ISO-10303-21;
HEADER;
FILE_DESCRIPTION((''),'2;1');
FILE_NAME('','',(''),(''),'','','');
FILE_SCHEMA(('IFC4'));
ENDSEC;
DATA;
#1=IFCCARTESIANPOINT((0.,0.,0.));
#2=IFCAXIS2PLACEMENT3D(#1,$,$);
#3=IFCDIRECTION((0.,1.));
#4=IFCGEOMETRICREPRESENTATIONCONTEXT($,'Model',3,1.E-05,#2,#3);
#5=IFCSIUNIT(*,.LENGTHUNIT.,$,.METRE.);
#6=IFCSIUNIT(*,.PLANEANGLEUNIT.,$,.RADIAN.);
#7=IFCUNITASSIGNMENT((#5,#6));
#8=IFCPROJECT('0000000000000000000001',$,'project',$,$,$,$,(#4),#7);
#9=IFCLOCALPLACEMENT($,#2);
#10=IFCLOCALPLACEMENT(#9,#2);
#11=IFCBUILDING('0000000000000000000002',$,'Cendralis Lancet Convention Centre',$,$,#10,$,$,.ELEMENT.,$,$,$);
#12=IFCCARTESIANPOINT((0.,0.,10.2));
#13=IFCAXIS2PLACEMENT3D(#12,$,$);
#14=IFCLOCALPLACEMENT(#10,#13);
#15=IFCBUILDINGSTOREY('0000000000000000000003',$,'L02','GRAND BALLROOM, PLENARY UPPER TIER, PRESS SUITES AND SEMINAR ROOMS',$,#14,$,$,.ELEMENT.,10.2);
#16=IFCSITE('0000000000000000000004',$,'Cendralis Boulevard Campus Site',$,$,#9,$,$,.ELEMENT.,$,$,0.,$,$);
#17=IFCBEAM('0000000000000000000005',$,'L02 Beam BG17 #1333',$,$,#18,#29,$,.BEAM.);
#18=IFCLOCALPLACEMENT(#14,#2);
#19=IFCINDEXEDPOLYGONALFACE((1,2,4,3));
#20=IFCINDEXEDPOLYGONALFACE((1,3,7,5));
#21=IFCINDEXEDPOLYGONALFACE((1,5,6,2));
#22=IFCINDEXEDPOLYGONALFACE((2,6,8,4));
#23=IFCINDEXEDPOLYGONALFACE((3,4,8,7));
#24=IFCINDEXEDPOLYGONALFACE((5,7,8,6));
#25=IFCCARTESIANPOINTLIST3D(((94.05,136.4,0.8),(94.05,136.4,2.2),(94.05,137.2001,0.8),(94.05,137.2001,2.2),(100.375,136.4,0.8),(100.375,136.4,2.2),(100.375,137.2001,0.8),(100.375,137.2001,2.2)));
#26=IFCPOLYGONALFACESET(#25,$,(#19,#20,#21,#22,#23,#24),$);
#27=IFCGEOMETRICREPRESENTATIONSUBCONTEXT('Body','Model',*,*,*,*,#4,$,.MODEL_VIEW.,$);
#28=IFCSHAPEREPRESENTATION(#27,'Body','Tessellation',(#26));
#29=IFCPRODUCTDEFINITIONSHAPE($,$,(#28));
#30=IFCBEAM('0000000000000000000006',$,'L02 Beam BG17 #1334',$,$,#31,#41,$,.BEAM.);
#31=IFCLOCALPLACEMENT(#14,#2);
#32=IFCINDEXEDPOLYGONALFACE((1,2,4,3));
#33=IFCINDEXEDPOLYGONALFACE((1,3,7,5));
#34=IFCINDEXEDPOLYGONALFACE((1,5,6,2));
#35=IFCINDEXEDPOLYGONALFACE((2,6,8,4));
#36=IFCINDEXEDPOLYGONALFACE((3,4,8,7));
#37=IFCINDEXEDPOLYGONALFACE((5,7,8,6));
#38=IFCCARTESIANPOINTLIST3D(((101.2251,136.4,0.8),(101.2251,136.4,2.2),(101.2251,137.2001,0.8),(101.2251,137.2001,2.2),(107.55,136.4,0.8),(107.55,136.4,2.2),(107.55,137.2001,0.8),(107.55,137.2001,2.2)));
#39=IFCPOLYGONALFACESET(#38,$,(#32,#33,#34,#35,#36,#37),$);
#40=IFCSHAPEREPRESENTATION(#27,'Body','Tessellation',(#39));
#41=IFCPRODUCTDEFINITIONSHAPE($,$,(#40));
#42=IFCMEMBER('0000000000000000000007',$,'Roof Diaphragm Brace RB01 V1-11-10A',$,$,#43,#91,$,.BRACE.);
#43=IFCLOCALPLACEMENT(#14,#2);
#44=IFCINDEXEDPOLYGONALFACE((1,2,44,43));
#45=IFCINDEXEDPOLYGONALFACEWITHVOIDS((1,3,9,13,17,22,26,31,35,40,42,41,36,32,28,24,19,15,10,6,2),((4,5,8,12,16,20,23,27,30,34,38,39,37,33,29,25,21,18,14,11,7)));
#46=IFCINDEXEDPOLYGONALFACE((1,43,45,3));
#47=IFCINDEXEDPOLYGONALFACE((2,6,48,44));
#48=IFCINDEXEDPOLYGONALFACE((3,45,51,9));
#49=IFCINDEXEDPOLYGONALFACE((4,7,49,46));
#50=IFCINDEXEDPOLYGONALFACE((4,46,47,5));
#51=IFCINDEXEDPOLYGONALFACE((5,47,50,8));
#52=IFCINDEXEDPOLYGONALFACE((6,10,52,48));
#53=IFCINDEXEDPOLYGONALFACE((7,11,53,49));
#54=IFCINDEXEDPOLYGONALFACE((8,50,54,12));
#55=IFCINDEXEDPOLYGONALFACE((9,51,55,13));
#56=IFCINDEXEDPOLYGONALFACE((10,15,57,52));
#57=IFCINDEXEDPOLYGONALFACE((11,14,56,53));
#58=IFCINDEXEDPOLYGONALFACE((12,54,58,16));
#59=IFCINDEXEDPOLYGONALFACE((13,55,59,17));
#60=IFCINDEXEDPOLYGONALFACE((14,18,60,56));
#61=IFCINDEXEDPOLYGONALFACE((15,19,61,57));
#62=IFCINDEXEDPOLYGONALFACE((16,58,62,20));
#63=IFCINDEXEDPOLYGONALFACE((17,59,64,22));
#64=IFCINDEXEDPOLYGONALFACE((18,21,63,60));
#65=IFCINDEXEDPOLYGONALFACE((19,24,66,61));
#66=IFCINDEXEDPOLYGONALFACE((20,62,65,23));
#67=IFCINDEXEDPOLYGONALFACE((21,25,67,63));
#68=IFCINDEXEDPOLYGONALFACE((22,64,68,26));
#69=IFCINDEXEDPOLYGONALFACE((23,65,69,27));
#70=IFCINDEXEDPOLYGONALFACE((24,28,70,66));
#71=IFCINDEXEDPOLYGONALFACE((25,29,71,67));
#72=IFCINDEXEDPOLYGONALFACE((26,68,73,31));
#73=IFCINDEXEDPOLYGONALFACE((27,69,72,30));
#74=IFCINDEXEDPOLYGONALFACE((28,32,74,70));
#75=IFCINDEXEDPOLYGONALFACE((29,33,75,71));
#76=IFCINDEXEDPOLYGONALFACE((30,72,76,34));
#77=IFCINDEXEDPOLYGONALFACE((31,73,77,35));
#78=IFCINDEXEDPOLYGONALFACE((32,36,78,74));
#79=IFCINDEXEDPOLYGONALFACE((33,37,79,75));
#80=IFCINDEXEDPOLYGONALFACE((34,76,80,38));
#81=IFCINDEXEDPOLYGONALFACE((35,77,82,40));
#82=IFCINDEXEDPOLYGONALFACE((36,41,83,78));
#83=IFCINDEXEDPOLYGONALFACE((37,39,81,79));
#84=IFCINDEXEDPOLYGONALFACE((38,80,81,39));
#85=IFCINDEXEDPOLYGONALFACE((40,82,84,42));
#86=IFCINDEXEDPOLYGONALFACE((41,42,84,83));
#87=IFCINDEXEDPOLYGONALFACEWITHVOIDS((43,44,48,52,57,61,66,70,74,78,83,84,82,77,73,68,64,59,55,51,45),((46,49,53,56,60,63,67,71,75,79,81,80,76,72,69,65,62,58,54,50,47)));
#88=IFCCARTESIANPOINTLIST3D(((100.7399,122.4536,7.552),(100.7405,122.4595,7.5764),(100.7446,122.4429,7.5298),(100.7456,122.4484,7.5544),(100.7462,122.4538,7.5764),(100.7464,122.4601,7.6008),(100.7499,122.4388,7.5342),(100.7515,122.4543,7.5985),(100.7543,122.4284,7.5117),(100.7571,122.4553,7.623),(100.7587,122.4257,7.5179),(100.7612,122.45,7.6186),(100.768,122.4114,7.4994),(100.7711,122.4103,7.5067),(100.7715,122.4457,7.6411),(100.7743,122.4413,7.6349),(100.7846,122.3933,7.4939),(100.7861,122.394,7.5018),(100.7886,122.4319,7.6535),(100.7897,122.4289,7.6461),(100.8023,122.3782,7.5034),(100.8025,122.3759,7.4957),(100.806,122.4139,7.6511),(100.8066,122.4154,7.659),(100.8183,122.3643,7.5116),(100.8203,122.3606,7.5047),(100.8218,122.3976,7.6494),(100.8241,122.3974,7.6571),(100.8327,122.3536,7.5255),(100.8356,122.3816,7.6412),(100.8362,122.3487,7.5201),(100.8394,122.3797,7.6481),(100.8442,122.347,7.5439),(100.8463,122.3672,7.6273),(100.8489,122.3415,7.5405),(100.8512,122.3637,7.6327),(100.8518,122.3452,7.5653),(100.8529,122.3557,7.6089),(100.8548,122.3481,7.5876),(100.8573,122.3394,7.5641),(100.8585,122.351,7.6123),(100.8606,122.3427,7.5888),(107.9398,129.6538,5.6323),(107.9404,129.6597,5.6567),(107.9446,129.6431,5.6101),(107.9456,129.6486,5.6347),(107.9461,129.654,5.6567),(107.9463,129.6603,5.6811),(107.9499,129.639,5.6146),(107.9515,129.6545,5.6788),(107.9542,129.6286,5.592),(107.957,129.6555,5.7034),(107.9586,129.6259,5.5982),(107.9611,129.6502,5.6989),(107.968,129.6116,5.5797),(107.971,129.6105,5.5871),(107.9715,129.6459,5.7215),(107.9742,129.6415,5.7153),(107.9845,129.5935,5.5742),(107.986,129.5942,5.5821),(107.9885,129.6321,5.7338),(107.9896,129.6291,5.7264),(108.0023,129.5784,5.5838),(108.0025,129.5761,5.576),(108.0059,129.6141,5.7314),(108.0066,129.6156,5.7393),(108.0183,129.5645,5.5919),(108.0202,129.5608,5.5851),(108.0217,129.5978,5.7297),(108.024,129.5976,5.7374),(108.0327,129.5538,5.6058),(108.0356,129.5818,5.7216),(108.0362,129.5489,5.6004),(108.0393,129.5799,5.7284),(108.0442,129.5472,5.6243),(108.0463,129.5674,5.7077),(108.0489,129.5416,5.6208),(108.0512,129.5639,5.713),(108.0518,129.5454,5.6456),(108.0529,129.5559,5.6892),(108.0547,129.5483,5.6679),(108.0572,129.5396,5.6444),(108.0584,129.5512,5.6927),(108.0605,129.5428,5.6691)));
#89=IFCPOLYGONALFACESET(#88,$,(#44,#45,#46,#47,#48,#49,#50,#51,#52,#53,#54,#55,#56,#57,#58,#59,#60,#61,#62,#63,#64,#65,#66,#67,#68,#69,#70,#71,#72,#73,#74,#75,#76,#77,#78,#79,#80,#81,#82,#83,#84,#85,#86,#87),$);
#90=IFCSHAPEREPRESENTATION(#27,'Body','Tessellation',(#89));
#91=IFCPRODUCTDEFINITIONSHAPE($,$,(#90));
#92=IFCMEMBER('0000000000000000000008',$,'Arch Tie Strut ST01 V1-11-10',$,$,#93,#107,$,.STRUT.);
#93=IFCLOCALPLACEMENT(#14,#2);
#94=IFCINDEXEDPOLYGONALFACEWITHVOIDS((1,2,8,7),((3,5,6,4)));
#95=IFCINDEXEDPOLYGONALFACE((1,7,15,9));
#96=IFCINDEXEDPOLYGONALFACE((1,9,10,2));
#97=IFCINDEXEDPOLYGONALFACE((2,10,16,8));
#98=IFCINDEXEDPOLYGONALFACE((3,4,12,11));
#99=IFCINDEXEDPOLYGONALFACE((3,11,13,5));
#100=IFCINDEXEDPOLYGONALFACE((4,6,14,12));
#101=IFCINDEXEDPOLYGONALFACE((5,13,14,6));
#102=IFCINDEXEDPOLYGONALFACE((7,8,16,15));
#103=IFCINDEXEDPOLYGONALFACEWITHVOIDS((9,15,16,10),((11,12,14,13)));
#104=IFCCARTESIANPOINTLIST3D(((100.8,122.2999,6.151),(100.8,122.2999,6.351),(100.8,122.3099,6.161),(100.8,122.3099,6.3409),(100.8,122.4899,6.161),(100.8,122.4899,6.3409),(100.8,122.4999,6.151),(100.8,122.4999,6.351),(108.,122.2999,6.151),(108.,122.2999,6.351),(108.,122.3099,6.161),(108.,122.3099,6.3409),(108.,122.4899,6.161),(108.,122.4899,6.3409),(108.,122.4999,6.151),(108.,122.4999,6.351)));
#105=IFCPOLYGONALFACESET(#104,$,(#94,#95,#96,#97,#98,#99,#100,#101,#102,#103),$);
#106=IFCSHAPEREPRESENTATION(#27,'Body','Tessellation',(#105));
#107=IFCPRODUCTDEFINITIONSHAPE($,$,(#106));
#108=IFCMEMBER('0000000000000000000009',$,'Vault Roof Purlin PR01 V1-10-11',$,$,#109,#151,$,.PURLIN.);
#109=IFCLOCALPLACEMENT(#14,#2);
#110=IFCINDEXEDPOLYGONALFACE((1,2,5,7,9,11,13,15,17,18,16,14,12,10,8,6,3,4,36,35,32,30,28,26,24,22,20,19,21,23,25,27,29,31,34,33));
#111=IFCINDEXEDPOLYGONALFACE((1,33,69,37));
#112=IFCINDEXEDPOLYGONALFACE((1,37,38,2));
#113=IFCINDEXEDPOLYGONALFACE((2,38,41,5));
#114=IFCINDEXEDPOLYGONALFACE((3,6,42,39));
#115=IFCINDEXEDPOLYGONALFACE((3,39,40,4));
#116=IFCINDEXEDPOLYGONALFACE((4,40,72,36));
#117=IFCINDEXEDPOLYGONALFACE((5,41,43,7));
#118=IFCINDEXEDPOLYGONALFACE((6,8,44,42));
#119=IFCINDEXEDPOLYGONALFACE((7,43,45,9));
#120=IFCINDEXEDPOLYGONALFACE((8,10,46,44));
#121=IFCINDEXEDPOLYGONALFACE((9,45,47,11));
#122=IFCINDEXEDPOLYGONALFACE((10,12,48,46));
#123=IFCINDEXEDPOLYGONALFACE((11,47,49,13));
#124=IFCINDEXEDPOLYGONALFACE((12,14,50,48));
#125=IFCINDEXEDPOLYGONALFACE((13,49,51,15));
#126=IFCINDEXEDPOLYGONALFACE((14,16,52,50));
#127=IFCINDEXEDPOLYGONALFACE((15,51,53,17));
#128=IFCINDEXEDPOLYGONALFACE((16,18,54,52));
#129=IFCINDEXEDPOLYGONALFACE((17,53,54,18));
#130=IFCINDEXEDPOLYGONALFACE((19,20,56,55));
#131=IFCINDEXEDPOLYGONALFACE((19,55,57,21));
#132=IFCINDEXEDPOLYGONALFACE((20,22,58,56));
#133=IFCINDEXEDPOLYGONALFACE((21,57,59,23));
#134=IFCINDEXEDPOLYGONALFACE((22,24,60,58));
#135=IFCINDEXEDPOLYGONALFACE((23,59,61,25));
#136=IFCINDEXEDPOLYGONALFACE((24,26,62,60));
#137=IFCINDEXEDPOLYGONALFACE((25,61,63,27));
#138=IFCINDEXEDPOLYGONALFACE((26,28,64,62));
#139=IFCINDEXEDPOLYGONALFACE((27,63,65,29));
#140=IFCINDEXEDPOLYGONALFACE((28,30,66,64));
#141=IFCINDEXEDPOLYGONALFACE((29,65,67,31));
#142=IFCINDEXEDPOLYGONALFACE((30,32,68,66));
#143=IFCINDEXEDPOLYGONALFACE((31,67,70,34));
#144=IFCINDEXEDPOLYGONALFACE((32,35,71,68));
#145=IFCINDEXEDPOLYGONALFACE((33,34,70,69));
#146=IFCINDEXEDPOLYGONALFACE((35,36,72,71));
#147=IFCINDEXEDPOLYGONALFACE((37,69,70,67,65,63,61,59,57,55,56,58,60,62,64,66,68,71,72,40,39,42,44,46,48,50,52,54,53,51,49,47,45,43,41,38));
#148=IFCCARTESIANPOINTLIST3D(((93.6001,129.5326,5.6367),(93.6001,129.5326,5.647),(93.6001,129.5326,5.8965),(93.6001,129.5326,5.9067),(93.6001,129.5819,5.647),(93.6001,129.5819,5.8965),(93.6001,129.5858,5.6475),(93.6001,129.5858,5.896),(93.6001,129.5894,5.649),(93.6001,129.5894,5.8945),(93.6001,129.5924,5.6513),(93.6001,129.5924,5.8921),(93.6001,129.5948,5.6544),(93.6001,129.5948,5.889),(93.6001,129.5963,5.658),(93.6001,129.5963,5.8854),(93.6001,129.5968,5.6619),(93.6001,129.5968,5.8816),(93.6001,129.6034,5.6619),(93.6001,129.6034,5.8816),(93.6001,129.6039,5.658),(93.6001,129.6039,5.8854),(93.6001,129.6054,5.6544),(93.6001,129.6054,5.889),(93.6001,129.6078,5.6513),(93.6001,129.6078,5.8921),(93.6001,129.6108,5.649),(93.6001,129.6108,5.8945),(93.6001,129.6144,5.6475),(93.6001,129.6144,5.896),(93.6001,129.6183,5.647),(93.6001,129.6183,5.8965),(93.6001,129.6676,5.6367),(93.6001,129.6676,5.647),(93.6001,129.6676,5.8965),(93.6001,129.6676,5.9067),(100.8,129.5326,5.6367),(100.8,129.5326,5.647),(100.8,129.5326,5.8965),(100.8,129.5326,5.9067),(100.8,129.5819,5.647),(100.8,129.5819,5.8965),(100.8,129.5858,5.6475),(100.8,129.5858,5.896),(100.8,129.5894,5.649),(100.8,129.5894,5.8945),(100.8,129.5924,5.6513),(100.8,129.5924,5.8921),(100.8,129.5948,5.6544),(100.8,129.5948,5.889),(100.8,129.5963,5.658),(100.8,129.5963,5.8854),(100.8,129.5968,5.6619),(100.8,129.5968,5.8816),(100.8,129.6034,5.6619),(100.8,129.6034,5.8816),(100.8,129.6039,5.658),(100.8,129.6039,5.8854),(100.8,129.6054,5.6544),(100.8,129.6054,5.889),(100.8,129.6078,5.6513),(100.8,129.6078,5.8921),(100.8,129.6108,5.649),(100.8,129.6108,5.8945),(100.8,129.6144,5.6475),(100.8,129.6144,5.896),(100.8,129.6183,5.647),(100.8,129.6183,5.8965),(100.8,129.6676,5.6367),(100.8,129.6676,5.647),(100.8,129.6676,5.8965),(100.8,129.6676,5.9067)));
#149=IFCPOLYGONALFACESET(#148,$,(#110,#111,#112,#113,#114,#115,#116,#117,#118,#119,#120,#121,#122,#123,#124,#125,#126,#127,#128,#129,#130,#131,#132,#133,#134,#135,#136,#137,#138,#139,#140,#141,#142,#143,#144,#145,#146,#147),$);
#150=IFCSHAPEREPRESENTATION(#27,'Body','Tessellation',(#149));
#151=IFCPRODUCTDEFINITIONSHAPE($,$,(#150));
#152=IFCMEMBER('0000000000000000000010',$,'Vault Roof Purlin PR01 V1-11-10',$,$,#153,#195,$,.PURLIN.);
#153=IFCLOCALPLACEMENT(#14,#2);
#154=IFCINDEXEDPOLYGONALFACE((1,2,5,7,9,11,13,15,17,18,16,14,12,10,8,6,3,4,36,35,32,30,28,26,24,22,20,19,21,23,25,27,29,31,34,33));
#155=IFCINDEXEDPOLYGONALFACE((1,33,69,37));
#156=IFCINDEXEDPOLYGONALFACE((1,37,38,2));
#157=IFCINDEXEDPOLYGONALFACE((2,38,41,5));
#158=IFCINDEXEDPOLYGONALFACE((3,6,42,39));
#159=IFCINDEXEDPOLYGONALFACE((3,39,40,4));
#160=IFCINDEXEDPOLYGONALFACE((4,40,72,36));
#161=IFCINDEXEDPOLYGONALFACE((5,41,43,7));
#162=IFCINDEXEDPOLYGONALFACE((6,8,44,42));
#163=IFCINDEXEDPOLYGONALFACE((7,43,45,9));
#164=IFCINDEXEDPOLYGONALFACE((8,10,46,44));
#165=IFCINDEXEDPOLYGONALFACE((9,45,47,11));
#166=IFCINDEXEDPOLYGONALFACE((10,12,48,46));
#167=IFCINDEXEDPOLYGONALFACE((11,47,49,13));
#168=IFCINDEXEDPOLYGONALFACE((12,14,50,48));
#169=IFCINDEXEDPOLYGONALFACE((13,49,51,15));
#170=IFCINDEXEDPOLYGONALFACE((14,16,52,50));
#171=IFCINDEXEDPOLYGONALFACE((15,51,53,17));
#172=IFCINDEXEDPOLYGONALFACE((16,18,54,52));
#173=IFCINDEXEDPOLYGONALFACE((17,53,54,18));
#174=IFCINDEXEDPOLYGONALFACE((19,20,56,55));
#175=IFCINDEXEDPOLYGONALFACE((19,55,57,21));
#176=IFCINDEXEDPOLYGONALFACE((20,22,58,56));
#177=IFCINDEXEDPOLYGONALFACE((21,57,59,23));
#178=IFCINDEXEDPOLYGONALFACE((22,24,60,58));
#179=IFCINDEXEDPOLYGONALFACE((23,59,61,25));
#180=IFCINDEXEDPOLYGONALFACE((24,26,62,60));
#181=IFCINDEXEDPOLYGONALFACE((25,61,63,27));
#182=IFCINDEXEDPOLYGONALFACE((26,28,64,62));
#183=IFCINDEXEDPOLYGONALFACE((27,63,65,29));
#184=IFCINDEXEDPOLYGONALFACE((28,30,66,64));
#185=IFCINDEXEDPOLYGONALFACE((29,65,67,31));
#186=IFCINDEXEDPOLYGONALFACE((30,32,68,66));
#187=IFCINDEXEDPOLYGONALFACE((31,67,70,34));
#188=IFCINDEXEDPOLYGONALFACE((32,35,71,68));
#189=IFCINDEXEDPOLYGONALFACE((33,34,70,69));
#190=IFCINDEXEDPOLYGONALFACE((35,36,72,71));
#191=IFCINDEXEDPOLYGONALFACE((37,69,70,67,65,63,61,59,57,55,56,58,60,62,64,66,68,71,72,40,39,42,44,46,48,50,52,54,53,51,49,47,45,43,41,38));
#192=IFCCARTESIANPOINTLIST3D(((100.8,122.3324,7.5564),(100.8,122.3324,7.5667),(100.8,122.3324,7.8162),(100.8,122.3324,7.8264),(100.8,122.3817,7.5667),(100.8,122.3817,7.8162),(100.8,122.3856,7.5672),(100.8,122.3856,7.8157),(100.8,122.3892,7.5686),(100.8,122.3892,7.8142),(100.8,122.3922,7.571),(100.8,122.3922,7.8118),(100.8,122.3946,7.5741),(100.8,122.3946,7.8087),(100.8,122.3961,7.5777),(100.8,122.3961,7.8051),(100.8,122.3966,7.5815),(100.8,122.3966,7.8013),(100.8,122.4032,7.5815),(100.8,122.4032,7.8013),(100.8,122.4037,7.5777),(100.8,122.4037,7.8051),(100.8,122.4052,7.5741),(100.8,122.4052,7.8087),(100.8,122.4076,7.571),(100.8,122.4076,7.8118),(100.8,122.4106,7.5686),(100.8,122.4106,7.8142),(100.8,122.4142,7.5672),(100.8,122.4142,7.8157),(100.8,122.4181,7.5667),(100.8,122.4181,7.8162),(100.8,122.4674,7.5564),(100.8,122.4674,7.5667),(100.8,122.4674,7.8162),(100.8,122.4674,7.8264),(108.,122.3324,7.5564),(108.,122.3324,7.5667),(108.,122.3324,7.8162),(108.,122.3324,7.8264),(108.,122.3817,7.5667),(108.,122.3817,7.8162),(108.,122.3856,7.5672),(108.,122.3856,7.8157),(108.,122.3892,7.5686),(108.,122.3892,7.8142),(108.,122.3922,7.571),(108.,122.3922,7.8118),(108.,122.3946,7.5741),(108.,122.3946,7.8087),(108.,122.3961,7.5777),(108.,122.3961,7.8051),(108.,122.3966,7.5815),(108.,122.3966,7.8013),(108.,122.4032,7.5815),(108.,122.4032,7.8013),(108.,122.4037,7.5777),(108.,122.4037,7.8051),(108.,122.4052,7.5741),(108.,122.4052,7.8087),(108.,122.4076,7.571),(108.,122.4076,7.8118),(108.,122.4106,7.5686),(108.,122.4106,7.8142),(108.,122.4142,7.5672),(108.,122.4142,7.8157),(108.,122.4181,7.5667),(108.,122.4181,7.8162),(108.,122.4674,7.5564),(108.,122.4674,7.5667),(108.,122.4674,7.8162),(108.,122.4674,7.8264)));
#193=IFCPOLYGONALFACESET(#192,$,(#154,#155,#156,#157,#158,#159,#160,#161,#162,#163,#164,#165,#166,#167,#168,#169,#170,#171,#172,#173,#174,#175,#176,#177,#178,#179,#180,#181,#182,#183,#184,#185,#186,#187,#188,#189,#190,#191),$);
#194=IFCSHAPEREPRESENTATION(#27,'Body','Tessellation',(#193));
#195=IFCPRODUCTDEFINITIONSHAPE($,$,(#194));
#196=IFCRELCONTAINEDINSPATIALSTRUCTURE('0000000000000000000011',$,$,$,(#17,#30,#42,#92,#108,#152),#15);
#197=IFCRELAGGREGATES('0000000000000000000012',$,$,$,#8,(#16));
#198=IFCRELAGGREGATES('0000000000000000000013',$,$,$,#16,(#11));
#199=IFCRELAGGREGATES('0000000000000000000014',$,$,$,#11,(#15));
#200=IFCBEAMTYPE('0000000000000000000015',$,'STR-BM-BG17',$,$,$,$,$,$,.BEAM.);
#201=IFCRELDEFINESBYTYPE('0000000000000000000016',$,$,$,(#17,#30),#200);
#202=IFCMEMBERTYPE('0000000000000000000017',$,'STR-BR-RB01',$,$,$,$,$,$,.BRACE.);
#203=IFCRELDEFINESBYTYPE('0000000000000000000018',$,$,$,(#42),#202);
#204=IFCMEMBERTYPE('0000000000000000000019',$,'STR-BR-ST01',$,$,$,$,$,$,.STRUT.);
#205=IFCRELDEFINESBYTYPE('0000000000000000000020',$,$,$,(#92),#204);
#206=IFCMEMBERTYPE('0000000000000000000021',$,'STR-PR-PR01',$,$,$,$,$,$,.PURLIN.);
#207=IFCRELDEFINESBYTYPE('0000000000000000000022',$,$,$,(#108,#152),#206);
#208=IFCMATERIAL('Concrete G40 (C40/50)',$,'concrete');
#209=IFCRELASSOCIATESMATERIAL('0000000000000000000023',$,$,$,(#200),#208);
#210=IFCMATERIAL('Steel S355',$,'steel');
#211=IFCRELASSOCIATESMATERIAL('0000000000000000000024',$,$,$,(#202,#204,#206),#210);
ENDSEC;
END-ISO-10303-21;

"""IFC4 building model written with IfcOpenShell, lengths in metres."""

from ifc_helpers import new_model, si_unit, direction, frame, origin, origin_2d, place, context, subcontext, project, spatial, rectangle, hollow_rectangle, hollow_circle, i_section, extrude, material, material_profile, profile_set, type_object, element, save


model = new_model("IFC4")

# Units and contexts
model_context = context("Model", 3, precision=1e-05, world=origin(), true_north=direction((0.0, 1.0)))
body_context = subcontext(model_context, "Body", "Model", "MODEL_VIEW")
ifc_project = project(units=[si_unit("LENGTHUNIT", "METRE"), si_unit("PLANEANGLEUNIT", "RADIAN")], contexts=[model_context])

# Site, building, storey
site_placement = place(None, origin())
site = spatial("IfcSite", under=ifc_project, at=site_placement, Name="Cendralis Boulevard Campus Site", CompositionType="ELEMENT", RefElevation=0.0)
building_placement = place(site_placement, origin())
building = spatial("IfcBuilding", under=site, at=building_placement, Name="Cendralis Lancet Convention Centre", CompositionType="ELEMENT")
storey_placement = place(building_placement, frame((0.0, 0.0, 10.2)))
storey = spatial("IfcBuildingStorey", under=building, at=storey_placement, Name="L02", Description="GRAND BALLROOM, PLENARY UPPER TIER, PRESS SUITES AND SEMINAR ROOMS", CompositionType="ELEMENT", Elevation=10.2)

# Beams
ifc_material_1 = material(Name="Concrete G40 (C40/50)", Category="concrete")
ifc_material_profile_1 = material_profile(ifc_material_1, rectangle(XDim=0.8, YDim=1.3999, at=origin_2d()), Name="RCB 800x1400")
ifc_profile_set_1 = profile_set([ifc_material_profile_1], Name="Concrete G40 (C40/50)")
beam_type = type_object("IfcBeamType", Name="STR-BM-BG17", PredefinedType="BEAM", material=ifc_profile_set_1)
for number, where, z_axis, x_axis, name in (
    (1, (94.05, 136.8, 1.5), (1.0, 0.0, 0.0), (0.0, 1.0, 0.0), "L02 Beam BG17 #1333"),
    (2, (101.2251, 136.8, 1.5), (1.0, 0.0, 0.0), (0.0, 1.0, 0.0), "L02 Beam BG17 #1334"),
):
    element("IfcBeam", number, at=place(storey_placement, frame(where, z_axis=z_axis, x_axis=x_axis)), inside=storey, type_object=beam_type, Name=name, PredefinedType="BEAM", context=body_context, shape_type="SweptSolid", body=[
        extrude(rectangle(XDim=0.8, YDim=1.3999, at=origin_2d()), origin(), (0.0, 0.0, 1.0), 6.325),
    ])

# Members
ifc_material_2 = material(Name="Steel S355", Category="steel")
ifc_material_profile_2 = material_profile(ifc_material_2, hollow_circle(Radius=0.0842, WallThickness=0.0081, at=origin_2d()), Name="CHS 168.3x8.0")
ifc_profile_set_2 = profile_set([ifc_material_profile_2], Name="Steel S355")
member_type_1 = type_object("IfcMemberType", Name="STR-BR-RB01", PredefinedType="BRACE", material=ifc_profile_set_2)
member_1_placement = place(storey_placement, frame((100.8, 122.3999, 7.5764), z_axis=(0.694854, 0.694878, -0.185265), x_axis=(-0.707119, 0.707095, 0.0)))
element("IfcMember", 3, at=member_1_placement, inside=storey, type_object=member_type_1, Name="Roof Diaphragm Brace RB01 V1-11-10A", PredefinedType="BRACE", context=body_context, shape_type="SweptSolid", body=[
    extrude(hollow_circle(Radius=0.0842, WallThickness=0.0081, at=origin_2d()), origin(), (0.0, 0.0, 1.0), 10.3618),
])
ifc_material_profile_3 = material_profile(ifc_material_2, hollow_rectangle(XDim=0.2, YDim=0.2, WallThickness=0.01, at=origin_2d()), Name="SHS 200x200x10.0")
ifc_profile_set_3 = profile_set([ifc_material_profile_3], Name="Steel S355")
member_type_2 = type_object("IfcMemberType", Name="STR-BR-ST01", PredefinedType="STRUT", material=ifc_profile_set_3)
member_2_placement = place(storey_placement, frame((100.8, 122.3999, 6.251), z_axis=(1.0, 0.0, 0.0), x_axis=(0.0, 1.0, 0.0)))
element("IfcMember", 4, at=member_2_placement, inside=storey, type_object=member_type_2, Name="Arch Tie Strut ST01 V1-11-10", PredefinedType="STRUT", context=body_context, shape_type="SweptSolid", body=[
    extrude(hollow_rectangle(XDim=0.2, YDim=0.2, WallThickness=0.01, at=origin_2d()), origin(), (0.0, 0.0, 1.0), 7.2),
])
ifc_material_profile_4 = material_profile(ifc_material_2, i_section(OverallWidth=0.135, OverallDepth=0.27, WebThickness=0.0066, FlangeThickness=0.0103, FilletRadius=0.0149, at=origin_2d()), Name="IPE 270")
ifc_profile_set_4 = profile_set([ifc_material_profile_4], Name="Steel S355")
member_type_3 = type_object("IfcMemberType", Name="STR-PR-PR01", PredefinedType="PURLIN", material=ifc_profile_set_4)
for number, where, z_axis, x_axis, name in (
    (5, (93.6001, 129.6001, 5.7717), (1.0, 0.0, 0.0), (0.0, 1.0, 0.0), "Vault Roof Purlin PR01 V1-10-11"),
    (6, (100.8, 122.3999, 7.6914), (1.0, 0.0, 0.0), (0.0, 1.0, 0.0), "Vault Roof Purlin PR01 V1-11-10"),
):
    element("IfcMember", number, at=place(storey_placement, frame(where, z_axis=z_axis, x_axis=x_axis)), inside=storey, type_object=member_type_3, Name=name, PredefinedType="PURLIN", context=body_context, shape_type="SweptSolid", body=[
        extrude(i_section(OverallWidth=0.135, OverallDepth=0.27, WebThickness=0.0066, FlangeThickness=0.0103, FilletRadius=0.0149, at=origin_2d()), origin(), (0.0, 0.0, 1.0), 7.2),
    ])

save(model, "model.ifc")
